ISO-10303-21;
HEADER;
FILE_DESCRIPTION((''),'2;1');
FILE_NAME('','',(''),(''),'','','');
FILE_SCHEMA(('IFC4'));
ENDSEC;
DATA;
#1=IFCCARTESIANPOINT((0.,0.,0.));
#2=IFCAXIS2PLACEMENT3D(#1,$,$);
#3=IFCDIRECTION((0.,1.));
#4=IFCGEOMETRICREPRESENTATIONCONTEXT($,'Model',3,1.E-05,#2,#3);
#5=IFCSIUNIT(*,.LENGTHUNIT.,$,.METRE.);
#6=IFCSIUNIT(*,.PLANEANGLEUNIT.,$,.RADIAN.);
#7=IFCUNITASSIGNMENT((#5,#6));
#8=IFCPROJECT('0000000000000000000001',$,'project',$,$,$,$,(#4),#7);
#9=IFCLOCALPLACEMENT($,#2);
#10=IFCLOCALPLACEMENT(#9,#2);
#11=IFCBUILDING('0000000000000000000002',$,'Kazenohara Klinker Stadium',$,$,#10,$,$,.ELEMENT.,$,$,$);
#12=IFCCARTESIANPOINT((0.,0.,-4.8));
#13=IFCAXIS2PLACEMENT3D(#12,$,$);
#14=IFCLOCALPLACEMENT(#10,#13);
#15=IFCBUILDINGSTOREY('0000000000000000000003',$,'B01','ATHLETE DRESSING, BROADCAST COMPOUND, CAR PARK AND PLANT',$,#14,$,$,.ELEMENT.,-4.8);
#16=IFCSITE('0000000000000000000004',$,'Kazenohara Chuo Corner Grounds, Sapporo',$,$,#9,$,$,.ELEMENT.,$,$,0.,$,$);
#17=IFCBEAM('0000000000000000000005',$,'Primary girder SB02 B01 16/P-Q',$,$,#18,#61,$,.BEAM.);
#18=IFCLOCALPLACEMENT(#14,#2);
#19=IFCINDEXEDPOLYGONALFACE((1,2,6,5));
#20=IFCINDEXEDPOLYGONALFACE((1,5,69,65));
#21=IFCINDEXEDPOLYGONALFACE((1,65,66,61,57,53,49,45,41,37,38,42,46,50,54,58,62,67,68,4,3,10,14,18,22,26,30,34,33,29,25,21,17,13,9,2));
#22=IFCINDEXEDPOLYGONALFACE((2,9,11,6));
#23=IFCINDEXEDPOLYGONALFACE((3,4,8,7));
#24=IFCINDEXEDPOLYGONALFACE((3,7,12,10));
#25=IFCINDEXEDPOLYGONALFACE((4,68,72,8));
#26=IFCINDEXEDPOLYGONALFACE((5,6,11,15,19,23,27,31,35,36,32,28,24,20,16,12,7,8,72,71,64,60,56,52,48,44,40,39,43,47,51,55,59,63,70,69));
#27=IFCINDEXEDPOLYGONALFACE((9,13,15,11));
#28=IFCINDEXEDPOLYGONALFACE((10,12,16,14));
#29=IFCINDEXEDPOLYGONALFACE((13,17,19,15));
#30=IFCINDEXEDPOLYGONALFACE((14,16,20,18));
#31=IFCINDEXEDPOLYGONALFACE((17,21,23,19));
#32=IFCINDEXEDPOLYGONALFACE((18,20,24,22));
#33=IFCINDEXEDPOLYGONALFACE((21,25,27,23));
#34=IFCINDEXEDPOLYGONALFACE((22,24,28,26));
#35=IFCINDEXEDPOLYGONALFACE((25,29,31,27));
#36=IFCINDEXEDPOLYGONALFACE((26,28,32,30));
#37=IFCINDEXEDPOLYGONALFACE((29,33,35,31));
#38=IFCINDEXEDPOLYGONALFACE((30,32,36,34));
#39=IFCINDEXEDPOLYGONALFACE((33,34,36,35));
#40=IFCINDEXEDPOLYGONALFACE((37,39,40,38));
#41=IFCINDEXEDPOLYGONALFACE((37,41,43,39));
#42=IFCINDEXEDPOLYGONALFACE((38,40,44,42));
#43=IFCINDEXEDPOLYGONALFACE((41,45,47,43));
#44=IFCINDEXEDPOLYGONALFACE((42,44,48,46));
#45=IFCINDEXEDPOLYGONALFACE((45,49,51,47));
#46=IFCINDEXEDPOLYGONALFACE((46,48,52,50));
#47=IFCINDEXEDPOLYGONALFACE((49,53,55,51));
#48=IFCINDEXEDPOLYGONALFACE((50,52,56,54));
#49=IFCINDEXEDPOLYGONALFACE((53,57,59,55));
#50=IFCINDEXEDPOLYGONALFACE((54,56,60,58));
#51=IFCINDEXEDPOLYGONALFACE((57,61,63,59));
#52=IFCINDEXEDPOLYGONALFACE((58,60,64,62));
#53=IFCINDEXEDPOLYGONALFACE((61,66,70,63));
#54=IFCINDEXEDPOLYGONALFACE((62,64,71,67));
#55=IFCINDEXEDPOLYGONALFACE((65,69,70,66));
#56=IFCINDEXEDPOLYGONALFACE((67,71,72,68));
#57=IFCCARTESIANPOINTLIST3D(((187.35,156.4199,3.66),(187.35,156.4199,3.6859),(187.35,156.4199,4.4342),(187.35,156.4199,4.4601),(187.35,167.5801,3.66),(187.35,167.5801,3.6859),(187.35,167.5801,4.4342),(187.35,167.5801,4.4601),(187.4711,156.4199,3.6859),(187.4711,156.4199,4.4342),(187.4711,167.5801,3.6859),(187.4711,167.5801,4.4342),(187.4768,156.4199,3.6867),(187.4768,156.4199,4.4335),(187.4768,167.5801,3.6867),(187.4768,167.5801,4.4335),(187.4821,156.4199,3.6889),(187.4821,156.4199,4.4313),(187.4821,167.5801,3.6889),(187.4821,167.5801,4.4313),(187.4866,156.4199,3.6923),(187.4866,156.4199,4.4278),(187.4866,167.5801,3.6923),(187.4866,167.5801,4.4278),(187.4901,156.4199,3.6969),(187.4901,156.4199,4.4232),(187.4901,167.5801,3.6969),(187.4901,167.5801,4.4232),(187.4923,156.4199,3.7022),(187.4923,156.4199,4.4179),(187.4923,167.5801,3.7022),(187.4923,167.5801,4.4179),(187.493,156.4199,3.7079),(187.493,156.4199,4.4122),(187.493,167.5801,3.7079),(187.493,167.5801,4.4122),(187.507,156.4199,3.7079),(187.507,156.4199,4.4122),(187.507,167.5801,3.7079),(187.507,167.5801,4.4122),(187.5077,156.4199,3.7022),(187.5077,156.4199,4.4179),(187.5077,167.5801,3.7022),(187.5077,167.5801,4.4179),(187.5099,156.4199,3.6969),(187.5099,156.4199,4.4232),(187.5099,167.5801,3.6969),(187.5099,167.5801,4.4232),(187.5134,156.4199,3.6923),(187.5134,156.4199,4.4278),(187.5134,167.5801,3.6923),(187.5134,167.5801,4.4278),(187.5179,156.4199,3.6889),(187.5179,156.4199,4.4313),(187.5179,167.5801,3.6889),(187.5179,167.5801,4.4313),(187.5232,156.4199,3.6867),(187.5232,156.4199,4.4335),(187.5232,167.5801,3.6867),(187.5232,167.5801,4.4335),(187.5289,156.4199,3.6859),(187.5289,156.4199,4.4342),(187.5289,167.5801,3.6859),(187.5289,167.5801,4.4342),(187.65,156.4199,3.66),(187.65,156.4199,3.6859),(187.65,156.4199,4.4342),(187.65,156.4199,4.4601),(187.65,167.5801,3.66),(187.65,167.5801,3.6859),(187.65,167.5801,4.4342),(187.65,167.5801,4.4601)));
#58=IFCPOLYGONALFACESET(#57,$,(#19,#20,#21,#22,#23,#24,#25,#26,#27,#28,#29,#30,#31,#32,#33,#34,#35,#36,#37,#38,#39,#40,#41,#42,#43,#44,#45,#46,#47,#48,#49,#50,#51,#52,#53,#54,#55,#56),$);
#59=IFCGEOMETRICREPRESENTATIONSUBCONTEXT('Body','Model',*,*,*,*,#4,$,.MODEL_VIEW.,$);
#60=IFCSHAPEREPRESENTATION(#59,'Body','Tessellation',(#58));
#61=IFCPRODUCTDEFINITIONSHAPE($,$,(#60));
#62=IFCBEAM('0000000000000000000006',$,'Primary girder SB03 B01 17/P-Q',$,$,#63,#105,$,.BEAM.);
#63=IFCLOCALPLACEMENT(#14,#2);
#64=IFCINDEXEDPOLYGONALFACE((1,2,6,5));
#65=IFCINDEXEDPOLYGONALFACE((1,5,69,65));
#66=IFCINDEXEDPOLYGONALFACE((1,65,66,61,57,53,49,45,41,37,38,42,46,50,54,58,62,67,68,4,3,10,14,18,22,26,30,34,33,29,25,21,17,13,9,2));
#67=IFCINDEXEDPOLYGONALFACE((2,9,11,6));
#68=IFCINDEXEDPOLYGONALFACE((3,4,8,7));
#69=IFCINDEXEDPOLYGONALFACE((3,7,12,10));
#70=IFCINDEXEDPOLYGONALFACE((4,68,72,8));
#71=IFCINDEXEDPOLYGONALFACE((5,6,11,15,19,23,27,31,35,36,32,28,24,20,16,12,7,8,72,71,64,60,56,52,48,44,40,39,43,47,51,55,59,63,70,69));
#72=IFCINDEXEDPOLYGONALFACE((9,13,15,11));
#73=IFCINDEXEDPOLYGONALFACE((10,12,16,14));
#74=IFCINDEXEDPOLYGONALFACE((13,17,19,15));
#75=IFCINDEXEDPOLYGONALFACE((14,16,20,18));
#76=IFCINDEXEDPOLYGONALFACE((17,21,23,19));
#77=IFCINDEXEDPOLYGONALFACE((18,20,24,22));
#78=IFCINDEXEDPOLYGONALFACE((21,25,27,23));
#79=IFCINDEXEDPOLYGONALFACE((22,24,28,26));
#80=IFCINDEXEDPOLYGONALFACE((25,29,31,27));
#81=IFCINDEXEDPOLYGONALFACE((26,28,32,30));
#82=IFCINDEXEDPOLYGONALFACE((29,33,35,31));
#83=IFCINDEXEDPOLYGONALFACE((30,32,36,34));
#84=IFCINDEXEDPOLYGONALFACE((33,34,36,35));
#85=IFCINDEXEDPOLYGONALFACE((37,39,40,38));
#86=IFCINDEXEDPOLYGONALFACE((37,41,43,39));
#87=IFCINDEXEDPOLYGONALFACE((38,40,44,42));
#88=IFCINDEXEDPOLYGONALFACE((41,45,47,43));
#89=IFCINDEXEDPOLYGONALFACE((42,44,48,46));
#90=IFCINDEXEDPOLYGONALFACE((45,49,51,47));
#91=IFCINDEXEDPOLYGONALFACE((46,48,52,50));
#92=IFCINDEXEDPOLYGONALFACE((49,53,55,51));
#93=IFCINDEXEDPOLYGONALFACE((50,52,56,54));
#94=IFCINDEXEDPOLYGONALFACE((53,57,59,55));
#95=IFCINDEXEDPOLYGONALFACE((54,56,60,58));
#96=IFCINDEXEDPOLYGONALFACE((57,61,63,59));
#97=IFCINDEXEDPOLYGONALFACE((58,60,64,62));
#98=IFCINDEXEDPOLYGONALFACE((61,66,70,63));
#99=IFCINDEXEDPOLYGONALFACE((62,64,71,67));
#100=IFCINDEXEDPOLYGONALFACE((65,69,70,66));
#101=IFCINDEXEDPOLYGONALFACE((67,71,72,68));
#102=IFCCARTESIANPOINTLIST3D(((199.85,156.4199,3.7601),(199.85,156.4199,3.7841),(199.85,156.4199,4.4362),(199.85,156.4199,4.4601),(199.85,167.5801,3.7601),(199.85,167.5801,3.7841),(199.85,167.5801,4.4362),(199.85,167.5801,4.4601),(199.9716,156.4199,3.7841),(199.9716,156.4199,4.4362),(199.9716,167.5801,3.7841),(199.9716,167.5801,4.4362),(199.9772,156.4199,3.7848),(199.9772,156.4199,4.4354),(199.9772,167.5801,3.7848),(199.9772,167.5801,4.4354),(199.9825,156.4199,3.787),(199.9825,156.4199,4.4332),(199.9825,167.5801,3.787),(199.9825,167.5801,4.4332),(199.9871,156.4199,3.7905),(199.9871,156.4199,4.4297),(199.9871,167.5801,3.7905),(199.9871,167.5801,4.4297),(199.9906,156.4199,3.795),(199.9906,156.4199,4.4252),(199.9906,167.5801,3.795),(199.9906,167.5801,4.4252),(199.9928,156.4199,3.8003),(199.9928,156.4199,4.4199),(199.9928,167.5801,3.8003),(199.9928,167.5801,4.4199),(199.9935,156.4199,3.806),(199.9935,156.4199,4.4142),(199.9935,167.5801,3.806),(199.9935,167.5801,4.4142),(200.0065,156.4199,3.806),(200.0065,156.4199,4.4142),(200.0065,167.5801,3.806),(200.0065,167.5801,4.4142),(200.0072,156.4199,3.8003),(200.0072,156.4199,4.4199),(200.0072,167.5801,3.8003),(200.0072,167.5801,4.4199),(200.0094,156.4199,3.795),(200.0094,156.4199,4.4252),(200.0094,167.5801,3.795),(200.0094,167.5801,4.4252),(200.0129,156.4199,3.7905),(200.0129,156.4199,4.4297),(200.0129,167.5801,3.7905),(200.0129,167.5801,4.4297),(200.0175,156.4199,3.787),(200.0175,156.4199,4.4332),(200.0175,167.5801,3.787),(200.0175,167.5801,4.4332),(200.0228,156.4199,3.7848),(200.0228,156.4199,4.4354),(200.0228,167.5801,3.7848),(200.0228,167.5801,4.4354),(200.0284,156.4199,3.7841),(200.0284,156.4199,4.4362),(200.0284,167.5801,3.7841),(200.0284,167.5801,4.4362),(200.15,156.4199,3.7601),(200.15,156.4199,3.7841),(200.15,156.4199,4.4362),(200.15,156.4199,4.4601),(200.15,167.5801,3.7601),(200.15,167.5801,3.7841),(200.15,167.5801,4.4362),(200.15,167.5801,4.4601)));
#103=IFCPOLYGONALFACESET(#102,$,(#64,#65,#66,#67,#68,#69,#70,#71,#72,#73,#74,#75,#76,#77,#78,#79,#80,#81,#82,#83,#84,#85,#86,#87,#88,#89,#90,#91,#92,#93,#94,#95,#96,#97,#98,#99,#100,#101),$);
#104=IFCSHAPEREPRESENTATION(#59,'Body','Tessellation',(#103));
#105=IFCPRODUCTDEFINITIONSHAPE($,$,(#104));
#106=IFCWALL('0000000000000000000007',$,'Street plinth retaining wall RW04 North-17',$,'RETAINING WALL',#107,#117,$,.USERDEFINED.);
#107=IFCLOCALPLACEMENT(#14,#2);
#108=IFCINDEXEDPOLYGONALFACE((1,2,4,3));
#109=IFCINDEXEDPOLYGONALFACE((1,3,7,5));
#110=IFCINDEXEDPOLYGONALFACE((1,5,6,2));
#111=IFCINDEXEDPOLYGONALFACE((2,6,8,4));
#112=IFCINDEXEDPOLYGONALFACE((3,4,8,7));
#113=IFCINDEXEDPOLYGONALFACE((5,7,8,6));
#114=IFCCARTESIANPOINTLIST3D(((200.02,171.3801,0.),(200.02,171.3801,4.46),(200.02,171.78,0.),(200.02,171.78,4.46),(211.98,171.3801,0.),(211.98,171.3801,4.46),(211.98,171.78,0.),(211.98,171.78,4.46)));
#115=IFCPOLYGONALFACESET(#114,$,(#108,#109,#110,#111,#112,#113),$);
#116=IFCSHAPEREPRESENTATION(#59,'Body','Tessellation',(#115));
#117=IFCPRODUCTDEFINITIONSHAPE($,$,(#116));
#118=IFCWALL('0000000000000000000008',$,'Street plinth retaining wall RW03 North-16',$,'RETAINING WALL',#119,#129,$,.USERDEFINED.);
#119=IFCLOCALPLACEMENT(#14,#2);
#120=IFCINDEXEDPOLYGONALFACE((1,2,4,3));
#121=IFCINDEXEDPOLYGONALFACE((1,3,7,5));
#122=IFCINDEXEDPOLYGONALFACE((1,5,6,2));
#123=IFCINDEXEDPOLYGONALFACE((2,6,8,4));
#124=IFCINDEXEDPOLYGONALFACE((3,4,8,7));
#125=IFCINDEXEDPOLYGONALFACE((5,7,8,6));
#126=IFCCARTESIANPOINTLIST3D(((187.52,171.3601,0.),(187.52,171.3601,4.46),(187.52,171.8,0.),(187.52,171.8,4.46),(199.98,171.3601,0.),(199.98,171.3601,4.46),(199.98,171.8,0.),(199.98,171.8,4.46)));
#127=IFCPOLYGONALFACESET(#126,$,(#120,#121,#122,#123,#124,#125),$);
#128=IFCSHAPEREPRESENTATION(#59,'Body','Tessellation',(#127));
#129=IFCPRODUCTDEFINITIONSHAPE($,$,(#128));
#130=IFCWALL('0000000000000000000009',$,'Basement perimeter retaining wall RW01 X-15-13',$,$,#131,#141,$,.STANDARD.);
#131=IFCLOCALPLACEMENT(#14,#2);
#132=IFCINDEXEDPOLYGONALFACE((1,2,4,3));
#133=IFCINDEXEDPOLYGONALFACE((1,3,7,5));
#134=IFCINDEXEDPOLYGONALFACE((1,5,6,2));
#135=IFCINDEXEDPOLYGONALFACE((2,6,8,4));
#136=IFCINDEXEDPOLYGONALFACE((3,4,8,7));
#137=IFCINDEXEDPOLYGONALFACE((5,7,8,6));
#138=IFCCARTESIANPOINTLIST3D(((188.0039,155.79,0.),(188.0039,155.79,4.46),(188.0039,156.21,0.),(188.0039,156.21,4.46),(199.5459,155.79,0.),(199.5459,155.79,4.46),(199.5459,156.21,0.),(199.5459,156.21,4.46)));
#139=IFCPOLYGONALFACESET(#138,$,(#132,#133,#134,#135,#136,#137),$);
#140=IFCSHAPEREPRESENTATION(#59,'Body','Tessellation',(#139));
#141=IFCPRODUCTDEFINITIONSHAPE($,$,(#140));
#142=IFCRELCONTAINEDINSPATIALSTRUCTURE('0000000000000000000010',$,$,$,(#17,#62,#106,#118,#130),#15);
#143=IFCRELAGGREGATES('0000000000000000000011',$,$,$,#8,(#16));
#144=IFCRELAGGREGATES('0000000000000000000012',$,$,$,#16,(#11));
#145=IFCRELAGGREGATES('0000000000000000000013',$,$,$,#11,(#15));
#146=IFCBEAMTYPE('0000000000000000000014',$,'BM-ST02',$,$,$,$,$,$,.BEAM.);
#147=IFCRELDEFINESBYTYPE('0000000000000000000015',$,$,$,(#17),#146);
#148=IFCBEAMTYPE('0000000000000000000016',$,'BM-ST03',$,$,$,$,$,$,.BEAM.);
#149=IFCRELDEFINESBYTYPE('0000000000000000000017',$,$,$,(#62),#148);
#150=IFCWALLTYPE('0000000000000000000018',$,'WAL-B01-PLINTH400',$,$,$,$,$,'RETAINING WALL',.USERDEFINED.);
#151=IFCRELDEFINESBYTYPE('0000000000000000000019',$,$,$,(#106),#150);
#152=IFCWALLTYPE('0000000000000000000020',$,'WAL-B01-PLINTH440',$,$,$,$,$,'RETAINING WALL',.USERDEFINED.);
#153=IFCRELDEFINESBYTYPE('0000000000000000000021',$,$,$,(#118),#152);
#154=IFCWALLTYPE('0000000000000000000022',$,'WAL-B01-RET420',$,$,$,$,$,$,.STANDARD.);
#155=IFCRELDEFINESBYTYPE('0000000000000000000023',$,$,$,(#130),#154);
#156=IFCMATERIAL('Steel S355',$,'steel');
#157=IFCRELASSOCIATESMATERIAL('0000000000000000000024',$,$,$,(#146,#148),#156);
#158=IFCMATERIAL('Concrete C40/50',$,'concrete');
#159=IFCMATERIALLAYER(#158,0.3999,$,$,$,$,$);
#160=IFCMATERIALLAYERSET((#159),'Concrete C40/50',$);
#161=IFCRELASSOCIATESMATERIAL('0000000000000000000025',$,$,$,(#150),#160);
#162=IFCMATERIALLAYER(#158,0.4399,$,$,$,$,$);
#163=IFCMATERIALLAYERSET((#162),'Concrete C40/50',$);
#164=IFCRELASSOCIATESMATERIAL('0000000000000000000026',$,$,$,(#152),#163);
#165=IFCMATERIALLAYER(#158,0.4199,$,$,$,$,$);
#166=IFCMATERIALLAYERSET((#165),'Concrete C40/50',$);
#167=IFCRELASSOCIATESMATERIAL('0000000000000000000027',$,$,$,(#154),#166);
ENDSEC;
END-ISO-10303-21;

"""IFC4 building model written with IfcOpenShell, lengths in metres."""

from ifc_helpers import new_model, si_unit, direction, frame, frame_2d, origin, origin_2d, place, context, subcontext, project, spatial, rectangle, i_section, extrude, material, layer, layer_set, material_profile, profile_set, type_object, element, save


model = new_model("IFC4")

# Units and contexts
model_context = context("Model", 3, precision=1e-05, world=origin(), true_north=direction((0.0, 1.0)))
body_context = subcontext(model_context, "Body", "Model", "MODEL_VIEW")
ifc_project = project(units=[si_unit("LENGTHUNIT", "METRE"), si_unit("PLANEANGLEUNIT", "RADIAN")], contexts=[model_context])

# Site, building, storey
site_placement = place(None, origin())
site = spatial("IfcSite", under=ifc_project, at=site_placement, Name="Kazenohara Chuo Corner Grounds, Sapporo", CompositionType="ELEMENT", RefElevation=0.0)
building_placement = place(site_placement, origin())
building = spatial("IfcBuilding", under=site, at=building_placement, Name="Kazenohara Klinker Stadium", CompositionType="ELEMENT")
storey_placement = place(building_placement, frame((0.0, 0.0, -4.8)))
storey = spatial("IfcBuildingStorey", under=building, at=storey_placement, Name="B01", Description="ATHLETE DRESSING, BROADCAST COMPOUND, CAR PARK AND PLANT", CompositionType="ELEMENT", Elevation=-4.8)

# Shared definitions
ifc_material_1 = material(Name="Concrete C40/50", Category="concrete")

# Beams
ifc_material_2 = material(Name="Steel S355", Category="steel")
ifc_material_profile_1 = material_profile(ifc_material_2, i_section(OverallWidth=0.3, OverallDepth=0.8, WebThickness=0.0139, FlangeThickness=0.0259, FilletRadius=0.022, at=origin_2d()), Name="H-800x300x14x26")
ifc_profile_set_1 = profile_set([ifc_material_profile_1], Name="Steel S355")
beam_type_1 = type_object("IfcBeamType", Name="BM-ST02", PredefinedType="BEAM", material=ifc_profile_set_1)
beam_1_placement = place(storey_placement, frame((187.5, 156.4199, 4.0601), z_axis=(0.0, 1.0, 0.0), x_axis=(-1.0, 0.0, 0.0)))
element("IfcBeam", 1, at=beam_1_placement, inside=storey, type_object=beam_type_1, Name="Primary girder SB02 B01 16/P-Q", PredefinedType="BEAM", context=body_context, shape_type="SweptSolid", body=[
    extrude(i_section(OverallWidth=0.3, OverallDepth=0.8, WebThickness=0.0139, FlangeThickness=0.0259, FilletRadius=0.022, at=origin_2d()), origin(), (0.0, 0.0, 1.0), 11.1602),
])
ifc_material_profile_2 = material_profile(ifc_material_2, i_section(OverallWidth=0.3, OverallDepth=0.7, WebThickness=0.0129, FlangeThickness=0.0239, FilletRadius=0.022, at=origin_2d()), Name="H-700x300x13x24")
ifc_profile_set_2 = profile_set([ifc_material_profile_2], Name="Steel S355")
beam_type_2 = type_object("IfcBeamType", Name="BM-ST03", PredefinedType="BEAM", material=ifc_profile_set_2)
beam_2_placement = place(storey_placement, frame((200.0, 156.4199, 4.1101), z_axis=(0.0, 1.0, 0.0), x_axis=(-1.0, 0.0, 0.0)))
element("IfcBeam", 2, at=beam_2_placement, inside=storey, type_object=beam_type_2, Name="Primary girder SB03 B01 17/P-Q", PredefinedType="BEAM", context=body_context, shape_type="SweptSolid", body=[
    extrude(i_section(OverallWidth=0.3, OverallDepth=0.7, WebThickness=0.0129, FlangeThickness=0.0239, FilletRadius=0.022, at=origin_2d()), origin(), (0.0, 0.0, 1.0), 11.1602),
])

# Walls
ifc_layer_1 = layer(ifc_material_1, 0.3999)
ifc_layer_set_1 = layer_set([ifc_layer_1], Name="Concrete C40/50")
wall_type_1 = type_object("IfcWallType", Name="WAL-B01-PLINTH400", ElementType="RETAINING WALL", PredefinedType="USERDEFINED", material=ifc_layer_set_1)
wall_1_placement = place(storey_placement, frame((200.02, 171.5801, 0.0), z_axis=(0.0, 0.0, 1.0), x_axis=(1.0, 0.0, 0.0)))
element("IfcWall", 3, at=wall_1_placement, inside=storey, type_object=wall_type_1, Name="Street plinth retaining wall RW04 North-17", ObjectType="RETAINING WALL", PredefinedType="USERDEFINED", context=body_context, shape_type="SweptSolid", body=[
    extrude(rectangle(XDim=11.96, YDim=0.3999, at=frame_2d((5.98, 0.0))), origin(), (0.0, 0.0, 1.0), 4.46),
])
ifc_layer_2 = layer(ifc_material_1, 0.4399)
ifc_layer_set_2 = layer_set([ifc_layer_2], Name="Concrete C40/50")
wall_type_2 = type_object("IfcWallType", Name="WAL-B01-PLINTH440", ElementType="RETAINING WALL", PredefinedType="USERDEFINED", material=ifc_layer_set_2)
wall_2_placement = place(storey_placement, frame((187.52, 171.5801, 0.0), z_axis=(0.0, 0.0, 1.0), x_axis=(1.0, 0.0, 0.0)))
element("IfcWall", 4, at=wall_2_placement, inside=storey, type_object=wall_type_2, Name="Street plinth retaining wall RW03 North-16", ObjectType="RETAINING WALL", PredefinedType="USERDEFINED", context=body_context, shape_type="SweptSolid", body=[
    extrude(rectangle(XDim=12.46, YDim=0.4399, at=frame_2d((6.23, 0.0))), origin(), (0.0, 0.0, 1.0), 4.46),
])
ifc_layer_3 = layer(ifc_material_1, 0.4199)
ifc_layer_set_3 = layer_set([ifc_layer_3], Name="Concrete C40/50")
wall_type_3 = type_object("IfcWallType", Name="WAL-B01-RET420", PredefinedType="STANDARD", material=ifc_layer_set_3)
wall_3_placement = place(storey_placement, frame((188.0039, 156.0, 0.0), z_axis=(0.0, 0.0, 1.0), x_axis=(1.0, 0.0, 0.0)))
element("IfcWall", 5, at=wall_3_placement, inside=storey, type_object=wall_type_3, Name="Basement perimeter retaining wall RW01 X-15-13", PredefinedType="STANDARD", context=body_context, shape_type="SweptSolid", body=[
    extrude(rectangle(XDim=11.542, YDim=0.4199, at=frame_2d((5.771, 0.0))), origin(), (0.0, 0.0, 1.0), 4.46),
])

save(model, "model.ifc")
